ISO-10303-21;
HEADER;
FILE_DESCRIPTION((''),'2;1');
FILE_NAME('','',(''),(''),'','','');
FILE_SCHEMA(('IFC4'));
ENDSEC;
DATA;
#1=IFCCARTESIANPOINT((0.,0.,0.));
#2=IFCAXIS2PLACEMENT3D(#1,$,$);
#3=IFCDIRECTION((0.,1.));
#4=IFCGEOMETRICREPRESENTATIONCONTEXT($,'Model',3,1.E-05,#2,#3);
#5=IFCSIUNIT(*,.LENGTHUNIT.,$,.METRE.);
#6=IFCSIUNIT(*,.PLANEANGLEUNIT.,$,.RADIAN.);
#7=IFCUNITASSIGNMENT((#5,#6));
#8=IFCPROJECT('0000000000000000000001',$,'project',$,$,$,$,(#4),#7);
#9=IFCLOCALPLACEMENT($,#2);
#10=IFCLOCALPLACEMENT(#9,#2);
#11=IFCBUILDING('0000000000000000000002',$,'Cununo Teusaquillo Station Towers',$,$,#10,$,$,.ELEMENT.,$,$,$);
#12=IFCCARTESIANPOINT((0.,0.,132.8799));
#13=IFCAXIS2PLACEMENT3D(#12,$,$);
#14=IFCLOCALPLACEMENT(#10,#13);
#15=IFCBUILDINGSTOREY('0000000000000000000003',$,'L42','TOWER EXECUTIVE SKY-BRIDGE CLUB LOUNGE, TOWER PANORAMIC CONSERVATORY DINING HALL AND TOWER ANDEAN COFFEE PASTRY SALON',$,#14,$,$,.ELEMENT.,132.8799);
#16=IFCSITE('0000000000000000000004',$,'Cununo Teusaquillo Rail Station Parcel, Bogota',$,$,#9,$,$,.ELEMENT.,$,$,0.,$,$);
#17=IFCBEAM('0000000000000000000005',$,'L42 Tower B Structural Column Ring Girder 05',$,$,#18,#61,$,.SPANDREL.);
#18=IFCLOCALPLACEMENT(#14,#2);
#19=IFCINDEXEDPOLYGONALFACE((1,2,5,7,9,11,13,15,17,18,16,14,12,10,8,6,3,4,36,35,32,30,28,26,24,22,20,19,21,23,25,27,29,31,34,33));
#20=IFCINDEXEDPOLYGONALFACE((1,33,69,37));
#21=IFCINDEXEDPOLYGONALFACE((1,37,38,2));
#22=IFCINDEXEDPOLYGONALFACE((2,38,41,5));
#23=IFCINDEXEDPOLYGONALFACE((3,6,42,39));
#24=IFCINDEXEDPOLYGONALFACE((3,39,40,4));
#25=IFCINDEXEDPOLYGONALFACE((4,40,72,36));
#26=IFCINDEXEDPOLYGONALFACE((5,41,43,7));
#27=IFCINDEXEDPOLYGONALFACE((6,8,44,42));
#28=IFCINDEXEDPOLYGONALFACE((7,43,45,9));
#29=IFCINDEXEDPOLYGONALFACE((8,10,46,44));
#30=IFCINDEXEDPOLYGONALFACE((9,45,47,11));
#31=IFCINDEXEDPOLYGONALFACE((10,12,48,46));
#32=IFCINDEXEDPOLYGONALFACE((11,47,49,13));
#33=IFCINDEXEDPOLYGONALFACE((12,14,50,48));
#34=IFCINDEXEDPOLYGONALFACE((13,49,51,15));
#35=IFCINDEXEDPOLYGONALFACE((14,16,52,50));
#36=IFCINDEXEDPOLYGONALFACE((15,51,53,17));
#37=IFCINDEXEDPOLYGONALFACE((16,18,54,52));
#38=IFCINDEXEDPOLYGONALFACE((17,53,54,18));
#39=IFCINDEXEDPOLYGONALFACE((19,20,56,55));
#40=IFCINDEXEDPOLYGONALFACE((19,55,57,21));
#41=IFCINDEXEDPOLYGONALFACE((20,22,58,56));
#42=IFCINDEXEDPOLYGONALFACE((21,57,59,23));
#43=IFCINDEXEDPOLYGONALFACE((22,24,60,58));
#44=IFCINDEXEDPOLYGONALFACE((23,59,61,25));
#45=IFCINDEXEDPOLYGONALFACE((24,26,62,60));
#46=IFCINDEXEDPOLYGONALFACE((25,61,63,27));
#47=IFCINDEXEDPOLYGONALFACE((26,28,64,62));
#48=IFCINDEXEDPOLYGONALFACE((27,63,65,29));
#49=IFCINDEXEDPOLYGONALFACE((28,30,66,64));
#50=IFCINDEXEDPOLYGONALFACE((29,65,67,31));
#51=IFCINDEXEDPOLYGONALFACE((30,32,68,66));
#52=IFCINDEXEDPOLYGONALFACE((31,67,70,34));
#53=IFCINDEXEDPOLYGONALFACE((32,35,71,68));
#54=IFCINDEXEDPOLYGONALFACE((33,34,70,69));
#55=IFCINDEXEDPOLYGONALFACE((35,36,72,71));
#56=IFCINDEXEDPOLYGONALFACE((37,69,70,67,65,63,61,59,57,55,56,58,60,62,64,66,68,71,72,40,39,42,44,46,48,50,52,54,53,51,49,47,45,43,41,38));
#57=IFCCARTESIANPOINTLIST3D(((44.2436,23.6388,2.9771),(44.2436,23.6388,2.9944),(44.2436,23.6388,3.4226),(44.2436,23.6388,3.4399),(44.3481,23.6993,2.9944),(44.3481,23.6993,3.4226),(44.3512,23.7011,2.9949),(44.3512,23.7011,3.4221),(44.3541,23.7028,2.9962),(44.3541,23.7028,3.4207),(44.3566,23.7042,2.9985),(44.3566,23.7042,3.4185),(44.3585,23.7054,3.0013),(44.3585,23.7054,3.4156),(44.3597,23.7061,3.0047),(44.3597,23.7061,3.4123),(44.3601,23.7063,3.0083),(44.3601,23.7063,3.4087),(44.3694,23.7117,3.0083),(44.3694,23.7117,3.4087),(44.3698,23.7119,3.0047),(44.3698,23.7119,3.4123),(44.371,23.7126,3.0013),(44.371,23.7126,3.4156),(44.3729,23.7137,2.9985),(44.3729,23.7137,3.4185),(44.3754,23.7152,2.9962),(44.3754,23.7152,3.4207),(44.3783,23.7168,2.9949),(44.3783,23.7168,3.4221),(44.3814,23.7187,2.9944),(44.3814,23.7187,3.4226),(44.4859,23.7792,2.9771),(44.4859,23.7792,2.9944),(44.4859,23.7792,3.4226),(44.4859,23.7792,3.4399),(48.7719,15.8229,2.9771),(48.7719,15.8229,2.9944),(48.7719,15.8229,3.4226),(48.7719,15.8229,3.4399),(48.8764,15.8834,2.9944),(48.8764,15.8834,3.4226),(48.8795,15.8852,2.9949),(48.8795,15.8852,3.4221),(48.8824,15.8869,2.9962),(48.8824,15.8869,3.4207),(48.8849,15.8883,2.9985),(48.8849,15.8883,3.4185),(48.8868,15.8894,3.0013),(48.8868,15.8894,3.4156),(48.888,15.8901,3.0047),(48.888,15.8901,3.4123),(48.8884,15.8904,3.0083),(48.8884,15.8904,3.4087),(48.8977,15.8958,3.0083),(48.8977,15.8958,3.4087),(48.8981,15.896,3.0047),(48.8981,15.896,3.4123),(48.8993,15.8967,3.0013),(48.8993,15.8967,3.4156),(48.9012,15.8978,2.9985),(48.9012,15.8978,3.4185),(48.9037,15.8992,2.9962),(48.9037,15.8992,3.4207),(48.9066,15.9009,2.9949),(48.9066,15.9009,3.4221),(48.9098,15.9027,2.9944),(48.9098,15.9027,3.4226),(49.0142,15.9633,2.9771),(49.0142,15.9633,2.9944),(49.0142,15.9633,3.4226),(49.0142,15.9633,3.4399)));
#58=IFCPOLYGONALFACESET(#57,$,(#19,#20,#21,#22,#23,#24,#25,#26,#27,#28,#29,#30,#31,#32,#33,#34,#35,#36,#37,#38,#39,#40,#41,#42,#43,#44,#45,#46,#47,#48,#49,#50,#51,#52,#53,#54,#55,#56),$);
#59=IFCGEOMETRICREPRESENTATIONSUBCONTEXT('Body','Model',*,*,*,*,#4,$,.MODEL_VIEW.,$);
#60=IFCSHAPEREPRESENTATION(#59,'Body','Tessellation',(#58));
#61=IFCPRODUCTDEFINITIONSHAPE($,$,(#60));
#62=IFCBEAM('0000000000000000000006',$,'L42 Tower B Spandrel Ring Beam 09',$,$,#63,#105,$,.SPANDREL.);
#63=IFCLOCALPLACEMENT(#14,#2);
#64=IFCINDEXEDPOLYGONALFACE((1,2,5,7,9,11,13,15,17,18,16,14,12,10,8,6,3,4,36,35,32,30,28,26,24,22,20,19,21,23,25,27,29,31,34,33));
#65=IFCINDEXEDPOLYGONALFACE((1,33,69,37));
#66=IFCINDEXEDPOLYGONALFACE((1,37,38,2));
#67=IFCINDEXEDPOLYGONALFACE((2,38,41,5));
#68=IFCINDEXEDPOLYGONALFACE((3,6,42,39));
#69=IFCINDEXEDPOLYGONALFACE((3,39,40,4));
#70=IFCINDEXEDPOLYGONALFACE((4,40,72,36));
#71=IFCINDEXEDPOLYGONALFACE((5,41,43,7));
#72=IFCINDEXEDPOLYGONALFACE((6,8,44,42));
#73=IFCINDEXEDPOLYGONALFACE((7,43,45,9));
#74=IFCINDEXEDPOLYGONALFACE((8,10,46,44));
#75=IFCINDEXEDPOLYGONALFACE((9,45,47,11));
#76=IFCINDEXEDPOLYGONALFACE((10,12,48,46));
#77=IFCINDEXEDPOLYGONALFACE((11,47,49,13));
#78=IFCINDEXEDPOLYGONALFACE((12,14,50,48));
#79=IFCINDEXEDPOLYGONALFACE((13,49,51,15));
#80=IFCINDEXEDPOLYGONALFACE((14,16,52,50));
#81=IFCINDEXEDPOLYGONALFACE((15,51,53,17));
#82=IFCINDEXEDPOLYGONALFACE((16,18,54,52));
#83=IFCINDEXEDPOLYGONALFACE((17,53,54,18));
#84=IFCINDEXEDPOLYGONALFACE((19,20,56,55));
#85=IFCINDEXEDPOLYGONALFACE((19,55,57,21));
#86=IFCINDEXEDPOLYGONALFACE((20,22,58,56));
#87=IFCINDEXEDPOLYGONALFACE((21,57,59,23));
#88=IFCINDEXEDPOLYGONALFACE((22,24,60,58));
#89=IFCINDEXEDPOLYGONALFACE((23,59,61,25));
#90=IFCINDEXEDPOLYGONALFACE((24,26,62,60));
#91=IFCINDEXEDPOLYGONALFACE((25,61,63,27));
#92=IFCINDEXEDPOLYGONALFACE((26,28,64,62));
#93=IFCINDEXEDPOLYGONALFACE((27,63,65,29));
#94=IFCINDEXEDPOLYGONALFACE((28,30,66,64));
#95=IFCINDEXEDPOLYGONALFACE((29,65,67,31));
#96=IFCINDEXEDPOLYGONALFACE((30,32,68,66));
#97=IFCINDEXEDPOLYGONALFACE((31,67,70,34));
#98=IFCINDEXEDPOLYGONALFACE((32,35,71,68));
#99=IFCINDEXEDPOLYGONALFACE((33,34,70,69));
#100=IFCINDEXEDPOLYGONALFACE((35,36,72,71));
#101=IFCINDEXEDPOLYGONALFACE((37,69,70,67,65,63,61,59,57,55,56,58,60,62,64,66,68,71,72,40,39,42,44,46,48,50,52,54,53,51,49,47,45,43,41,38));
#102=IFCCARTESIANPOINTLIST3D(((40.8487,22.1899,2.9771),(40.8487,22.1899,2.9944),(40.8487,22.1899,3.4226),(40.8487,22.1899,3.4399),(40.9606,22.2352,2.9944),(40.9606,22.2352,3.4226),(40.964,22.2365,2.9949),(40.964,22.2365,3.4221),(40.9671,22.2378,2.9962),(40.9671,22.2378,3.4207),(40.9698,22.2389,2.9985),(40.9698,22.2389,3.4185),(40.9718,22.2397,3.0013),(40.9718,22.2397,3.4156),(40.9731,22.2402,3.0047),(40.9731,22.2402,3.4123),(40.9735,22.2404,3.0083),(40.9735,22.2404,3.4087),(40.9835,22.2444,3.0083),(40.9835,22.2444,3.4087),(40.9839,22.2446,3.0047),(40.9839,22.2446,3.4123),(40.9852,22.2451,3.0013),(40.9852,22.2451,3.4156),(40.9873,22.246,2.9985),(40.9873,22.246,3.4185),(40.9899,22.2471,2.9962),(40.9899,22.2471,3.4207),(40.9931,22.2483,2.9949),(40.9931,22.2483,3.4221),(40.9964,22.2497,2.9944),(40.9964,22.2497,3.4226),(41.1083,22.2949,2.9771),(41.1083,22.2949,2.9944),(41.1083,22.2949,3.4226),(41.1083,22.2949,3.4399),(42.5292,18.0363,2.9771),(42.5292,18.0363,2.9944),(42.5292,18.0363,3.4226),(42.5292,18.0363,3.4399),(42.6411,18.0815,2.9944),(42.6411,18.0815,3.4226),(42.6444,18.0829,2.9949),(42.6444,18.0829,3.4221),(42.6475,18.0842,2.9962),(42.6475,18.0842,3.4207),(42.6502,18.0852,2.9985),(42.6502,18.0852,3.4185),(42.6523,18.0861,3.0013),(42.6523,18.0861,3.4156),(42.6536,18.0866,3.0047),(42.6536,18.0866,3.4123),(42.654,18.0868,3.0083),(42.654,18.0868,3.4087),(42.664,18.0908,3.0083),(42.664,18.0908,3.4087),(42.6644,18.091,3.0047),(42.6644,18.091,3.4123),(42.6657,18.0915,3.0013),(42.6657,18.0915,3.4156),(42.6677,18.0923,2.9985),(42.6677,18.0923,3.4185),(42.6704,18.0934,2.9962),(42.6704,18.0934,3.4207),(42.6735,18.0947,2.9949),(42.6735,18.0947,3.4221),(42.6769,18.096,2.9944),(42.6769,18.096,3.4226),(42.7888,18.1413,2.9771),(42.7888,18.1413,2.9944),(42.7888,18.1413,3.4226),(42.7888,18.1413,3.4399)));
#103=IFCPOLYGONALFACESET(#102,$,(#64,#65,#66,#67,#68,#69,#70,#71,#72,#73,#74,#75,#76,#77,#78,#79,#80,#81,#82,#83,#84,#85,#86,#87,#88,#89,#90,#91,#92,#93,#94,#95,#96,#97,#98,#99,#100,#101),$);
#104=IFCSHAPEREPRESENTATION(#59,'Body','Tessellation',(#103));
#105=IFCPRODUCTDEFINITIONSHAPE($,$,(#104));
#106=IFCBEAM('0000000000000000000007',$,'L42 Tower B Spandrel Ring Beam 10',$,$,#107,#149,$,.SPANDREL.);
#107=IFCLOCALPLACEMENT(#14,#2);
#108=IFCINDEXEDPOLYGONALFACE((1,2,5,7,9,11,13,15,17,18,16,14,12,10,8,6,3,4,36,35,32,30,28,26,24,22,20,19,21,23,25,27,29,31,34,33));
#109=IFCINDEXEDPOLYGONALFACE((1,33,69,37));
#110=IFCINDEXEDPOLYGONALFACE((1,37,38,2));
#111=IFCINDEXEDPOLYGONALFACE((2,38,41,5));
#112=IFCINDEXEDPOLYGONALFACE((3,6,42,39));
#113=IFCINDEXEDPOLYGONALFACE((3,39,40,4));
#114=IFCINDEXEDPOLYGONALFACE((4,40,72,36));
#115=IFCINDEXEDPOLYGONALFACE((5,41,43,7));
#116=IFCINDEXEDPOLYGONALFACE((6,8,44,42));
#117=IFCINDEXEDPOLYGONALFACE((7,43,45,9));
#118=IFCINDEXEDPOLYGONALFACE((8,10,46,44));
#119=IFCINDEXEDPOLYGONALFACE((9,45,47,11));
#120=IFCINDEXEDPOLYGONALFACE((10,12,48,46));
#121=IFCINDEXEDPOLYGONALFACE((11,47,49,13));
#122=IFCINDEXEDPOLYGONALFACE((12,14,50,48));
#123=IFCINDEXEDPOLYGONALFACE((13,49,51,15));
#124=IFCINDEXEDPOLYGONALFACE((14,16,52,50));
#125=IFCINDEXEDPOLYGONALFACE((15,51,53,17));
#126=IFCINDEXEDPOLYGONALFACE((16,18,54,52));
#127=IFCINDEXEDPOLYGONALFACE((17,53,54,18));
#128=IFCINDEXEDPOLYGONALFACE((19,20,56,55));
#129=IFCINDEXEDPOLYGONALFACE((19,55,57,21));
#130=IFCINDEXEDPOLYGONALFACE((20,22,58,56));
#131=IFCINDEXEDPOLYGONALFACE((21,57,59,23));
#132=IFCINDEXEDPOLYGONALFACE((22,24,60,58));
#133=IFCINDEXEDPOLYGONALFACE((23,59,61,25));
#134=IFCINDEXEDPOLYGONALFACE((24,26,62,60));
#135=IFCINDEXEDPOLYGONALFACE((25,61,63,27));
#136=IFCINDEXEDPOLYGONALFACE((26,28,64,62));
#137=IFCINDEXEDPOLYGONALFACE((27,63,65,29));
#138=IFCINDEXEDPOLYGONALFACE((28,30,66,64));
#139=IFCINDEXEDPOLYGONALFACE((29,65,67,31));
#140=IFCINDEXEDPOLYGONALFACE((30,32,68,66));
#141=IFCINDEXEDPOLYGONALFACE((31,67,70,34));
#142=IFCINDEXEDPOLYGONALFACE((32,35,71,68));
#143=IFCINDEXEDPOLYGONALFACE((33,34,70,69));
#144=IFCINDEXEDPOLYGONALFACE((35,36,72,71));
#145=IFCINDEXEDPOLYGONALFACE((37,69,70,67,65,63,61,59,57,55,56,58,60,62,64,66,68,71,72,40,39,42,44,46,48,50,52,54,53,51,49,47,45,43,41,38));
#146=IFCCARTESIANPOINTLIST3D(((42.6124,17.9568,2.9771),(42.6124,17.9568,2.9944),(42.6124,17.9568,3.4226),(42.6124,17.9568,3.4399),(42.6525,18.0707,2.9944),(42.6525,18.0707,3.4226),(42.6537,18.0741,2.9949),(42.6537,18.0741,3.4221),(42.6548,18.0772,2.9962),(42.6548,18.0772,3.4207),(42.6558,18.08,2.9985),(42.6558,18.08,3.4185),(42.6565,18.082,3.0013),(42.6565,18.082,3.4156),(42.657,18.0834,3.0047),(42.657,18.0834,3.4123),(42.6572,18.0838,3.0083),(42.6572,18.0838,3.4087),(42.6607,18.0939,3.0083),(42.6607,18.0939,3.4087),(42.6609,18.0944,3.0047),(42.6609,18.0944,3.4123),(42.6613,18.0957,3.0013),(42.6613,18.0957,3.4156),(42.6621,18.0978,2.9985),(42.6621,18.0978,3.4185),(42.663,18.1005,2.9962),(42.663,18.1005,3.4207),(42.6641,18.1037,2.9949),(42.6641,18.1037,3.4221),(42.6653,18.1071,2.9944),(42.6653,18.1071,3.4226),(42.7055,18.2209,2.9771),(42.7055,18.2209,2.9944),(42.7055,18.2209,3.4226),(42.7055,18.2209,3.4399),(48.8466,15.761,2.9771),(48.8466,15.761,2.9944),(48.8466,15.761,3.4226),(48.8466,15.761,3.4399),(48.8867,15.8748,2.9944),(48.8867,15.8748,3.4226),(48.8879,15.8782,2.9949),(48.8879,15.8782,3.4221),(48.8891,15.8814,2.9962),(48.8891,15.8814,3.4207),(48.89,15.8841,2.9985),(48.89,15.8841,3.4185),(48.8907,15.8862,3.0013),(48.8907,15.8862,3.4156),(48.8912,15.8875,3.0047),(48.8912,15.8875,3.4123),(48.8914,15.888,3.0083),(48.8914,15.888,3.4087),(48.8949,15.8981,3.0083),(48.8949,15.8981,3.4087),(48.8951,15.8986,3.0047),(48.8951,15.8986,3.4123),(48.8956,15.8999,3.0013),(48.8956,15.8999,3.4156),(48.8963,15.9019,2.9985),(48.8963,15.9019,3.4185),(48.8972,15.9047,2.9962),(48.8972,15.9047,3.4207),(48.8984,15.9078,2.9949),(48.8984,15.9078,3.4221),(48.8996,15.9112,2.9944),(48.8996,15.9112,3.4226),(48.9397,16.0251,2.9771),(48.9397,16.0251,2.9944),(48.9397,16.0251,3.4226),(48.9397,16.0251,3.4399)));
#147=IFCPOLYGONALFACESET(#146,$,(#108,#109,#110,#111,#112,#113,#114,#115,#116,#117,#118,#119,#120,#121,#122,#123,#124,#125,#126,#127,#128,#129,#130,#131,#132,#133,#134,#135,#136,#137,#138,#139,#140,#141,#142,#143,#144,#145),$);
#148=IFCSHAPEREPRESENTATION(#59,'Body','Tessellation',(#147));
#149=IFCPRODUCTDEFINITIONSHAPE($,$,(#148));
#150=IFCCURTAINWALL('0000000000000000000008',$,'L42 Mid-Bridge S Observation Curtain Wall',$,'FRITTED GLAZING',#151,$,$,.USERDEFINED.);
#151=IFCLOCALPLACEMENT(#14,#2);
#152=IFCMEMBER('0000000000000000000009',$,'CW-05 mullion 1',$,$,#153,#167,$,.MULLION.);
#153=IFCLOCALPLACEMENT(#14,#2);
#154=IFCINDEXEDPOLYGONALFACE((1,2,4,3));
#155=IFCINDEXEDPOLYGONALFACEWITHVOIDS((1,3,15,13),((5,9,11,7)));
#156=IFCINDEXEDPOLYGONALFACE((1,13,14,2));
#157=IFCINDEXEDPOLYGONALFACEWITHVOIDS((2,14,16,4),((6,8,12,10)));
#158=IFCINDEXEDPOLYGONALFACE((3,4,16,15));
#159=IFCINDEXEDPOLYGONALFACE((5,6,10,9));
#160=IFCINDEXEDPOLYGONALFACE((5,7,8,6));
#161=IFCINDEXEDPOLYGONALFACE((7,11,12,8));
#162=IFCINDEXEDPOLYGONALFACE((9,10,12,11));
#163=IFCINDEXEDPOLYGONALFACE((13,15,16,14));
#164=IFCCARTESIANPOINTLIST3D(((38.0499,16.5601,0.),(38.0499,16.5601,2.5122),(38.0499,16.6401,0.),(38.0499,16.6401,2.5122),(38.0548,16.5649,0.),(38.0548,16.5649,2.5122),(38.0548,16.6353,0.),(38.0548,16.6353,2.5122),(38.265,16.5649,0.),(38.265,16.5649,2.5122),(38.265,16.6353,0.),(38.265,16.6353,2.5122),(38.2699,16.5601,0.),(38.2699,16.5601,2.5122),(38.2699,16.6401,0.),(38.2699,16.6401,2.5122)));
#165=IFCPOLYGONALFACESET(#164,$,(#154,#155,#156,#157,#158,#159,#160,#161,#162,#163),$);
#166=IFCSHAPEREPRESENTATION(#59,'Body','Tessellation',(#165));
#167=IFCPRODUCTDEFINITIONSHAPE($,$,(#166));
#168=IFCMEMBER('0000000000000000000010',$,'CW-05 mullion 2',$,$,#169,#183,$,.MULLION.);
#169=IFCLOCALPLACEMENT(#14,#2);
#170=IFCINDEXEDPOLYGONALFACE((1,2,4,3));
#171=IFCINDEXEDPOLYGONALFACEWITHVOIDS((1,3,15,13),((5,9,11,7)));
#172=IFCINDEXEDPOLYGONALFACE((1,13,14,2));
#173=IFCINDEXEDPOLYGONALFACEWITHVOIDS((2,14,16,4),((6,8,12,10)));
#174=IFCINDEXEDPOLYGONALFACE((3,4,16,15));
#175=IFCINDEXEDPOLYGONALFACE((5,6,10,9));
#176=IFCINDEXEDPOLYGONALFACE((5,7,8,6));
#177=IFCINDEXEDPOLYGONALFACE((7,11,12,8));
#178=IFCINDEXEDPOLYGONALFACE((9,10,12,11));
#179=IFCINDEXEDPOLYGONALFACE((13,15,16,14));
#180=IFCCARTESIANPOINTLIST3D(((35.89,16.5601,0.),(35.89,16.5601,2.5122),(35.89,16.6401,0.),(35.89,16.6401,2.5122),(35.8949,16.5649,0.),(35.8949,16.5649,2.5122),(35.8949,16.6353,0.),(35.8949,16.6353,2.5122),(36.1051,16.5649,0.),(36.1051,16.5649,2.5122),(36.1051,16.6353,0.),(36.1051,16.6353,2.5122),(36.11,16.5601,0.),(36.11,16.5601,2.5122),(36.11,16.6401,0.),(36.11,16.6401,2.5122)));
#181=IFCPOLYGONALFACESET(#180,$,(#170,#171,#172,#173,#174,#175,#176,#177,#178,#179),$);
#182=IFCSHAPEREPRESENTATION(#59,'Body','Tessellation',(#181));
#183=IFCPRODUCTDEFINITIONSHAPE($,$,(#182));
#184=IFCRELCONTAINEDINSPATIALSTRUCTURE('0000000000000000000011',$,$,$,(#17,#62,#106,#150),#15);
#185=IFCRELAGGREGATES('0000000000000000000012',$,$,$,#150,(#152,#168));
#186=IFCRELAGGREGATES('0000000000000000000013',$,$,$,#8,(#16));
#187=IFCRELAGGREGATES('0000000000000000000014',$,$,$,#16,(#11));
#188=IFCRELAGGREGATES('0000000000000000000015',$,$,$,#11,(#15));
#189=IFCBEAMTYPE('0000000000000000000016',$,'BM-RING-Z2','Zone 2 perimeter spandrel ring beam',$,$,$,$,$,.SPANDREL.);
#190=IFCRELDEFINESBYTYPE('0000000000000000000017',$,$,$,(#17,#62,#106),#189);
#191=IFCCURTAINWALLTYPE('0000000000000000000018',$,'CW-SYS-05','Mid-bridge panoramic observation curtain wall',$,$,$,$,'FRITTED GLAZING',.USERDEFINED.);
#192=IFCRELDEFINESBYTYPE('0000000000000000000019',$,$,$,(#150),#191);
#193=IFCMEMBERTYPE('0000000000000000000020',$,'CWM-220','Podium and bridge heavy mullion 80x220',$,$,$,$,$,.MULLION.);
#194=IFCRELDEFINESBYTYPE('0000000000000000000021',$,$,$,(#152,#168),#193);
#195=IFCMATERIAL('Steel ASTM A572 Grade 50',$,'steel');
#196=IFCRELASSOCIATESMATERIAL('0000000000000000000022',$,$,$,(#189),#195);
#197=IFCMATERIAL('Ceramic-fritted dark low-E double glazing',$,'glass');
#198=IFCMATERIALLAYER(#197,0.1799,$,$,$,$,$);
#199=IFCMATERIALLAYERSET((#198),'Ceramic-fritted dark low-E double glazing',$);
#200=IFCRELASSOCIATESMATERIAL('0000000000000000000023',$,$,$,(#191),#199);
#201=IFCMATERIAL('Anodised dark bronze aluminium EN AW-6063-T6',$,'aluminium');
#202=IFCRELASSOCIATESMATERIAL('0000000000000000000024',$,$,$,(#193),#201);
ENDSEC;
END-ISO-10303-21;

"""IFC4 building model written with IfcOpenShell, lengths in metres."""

from ifc_helpers import new_model, si_unit, direction, frame, origin, origin_2d, place, context, subcontext, project, spatial, hollow_rectangle, i_section, extrude, material, layer, layer_set, material_profile, profile_set, type_object, element, aggregate, save


model = new_model("IFC4")

# Units and contexts
model_context = context("Model", 3, precision=1e-05, world=origin(), true_north=direction((0.0, 1.0)))
body_context = subcontext(model_context, "Body", "Model", "MODEL_VIEW")
ifc_project = project(units=[si_unit("LENGTHUNIT", "METRE"), si_unit("PLANEANGLEUNIT", "RADIAN")], contexts=[model_context])

# Site, building, storey
site_placement = place(None, origin())
site = spatial("IfcSite", under=ifc_project, at=site_placement, Name="Cununo Teusaquillo Rail Station Parcel, Bogota", CompositionType="ELEMENT", RefElevation=0.0)
building_placement = place(site_placement, origin())
building = spatial("IfcBuilding", under=site, at=building_placement, Name="Cununo Teusaquillo Station Towers", CompositionType="ELEMENT")
storey_placement = place(building_placement, frame((0.0, 0.0, 132.8799)))
storey = spatial("IfcBuildingStorey", under=building, at=storey_placement, Name="L42", Description="TOWER EXECUTIVE SKY-BRIDGE CLUB LOUNGE, TOWER PANORAMIC CONSERVATORY DINING HALL AND TOWER ANDEAN COFFEE PASTRY SALON", CompositionType="ELEMENT", Elevation=132.8799)

# Beams
ifc_material_1 = material(Name="Steel ASTM A572 Grade 50", Category="steel")
ifc_material_profile_1 = material_profile(ifc_material_1, i_section(OverallWidth=0.28, OverallDepth=0.4629, WebThickness=0.0107, FlangeThickness=0.0173, FilletRadius=0.0139, at=origin_2d()), Name="W18X76")
ifc_profile_set_1 = profile_set([ifc_material_profile_1], Name="Steel ASTM A572 Grade 50")
beam_type_1 = type_object("IfcBeamType", Name="BM-RING-Z2", Description="Zone 2 perimeter spandrel ring beam", PredefinedType="SPANDREL", material=ifc_profile_set_1)
beam_1_placement = place(storey_placement, frame((44.3647, 23.709, 3.2085), z_axis=(0.501311, -0.865267, 0.0), x_axis=(0.865267, 0.501311, 0.0)))
element("IfcBeam", 1, at=beam_1_placement, inside=storey, type_object=beam_type_1, Name="L42 Tower B Structural Column Ring Girder 05", PredefinedType="SPANDREL", context=body_context, shape_type="SweptSolid", body=[
    extrude(i_section(OverallWidth=0.28, OverallDepth=0.4629, WebThickness=0.0107, FlangeThickness=0.0173, FilletRadius=0.0139, at=origin_2d()), origin(), (0.0, 0.0, 1.0), 9.033),
])
beam_2_placement = place(storey_placement, frame((40.9785, 22.2424, 3.2085), z_axis=(0.375042, -0.927008, 0.0), x_axis=(0.927008, 0.375042, 0.0)))
element("IfcBeam", 2, at=beam_2_placement, inside=storey, type_object=beam_type_1, Name="L42 Tower B Spandrel Ring Beam 09", PredefinedType="SPANDREL", context=body_context, shape_type="SweptSolid", body=[
    extrude(i_section(OverallWidth=0.28, OverallDepth=0.4629, WebThickness=0.0107, FlangeThickness=0.0173, FilletRadius=0.0139, at=origin_2d()), origin(), (0.0, 0.0, 1.0), 4.4807),
])
beam_3_placement = place(storey_placement, frame((42.6589, 18.0889, 3.2085), z_axis=(0.943203, -0.332217, 0.0), x_axis=(0.332217, 0.943203, 0.0)))
element("IfcBeam", 3, at=beam_3_placement, inside=storey, type_object=beam_type_1, Name="L42 Tower B Spandrel Ring Beam 10", PredefinedType="SPANDREL", context=body_context, shape_type="SweptSolid", body=[
    extrude(i_section(OverallWidth=0.28, OverallDepth=0.4629, WebThickness=0.0107, FlangeThickness=0.0173, FilletRadius=0.0139, at=origin_2d()), origin(), (0.0, 0.0, 1.0), 6.6096),
])

# Curtain wall, members
ifc_material_2 = material(Name="Ceramic-fritted dark low-E double glazing", Category="glass")
ifc_layer_1 = layer(ifc_material_2, 0.1799)
ifc_layer_set_1 = layer_set([ifc_layer_1], Name="Ceramic-fritted dark low-E double glazing")
curtain_wall_type = type_object("IfcCurtainWallType", Name="CW-SYS-05", Description="Mid-bridge panoramic observation curtain wall", ElementType="FRITTED GLAZING", PredefinedType="USERDEFINED", material=ifc_layer_set_1)
curtain_wall_placement = place(storey_placement, origin())
curtain_wall = element("IfcCurtainWall", 4, at=curtain_wall_placement, inside=storey, type_object=curtain_wall_type, Name="L42 Mid-Bridge S Observation Curtain Wall", ObjectType="FRITTED GLAZING", PredefinedType="USERDEFINED")
ifc_material_3 = material(Name="Anodised dark bronze aluminium EN AW-6063-T6", Category="aluminium")
ifc_material_profile_2 = material_profile(ifc_material_3, hollow_rectangle(XDim=0.0801, YDim=0.22, WallThickness=0.0049, at=origin_2d()), Name="CW-MULL-80x220")
ifc_profile_set_2 = profile_set([ifc_material_profile_2], Name="Anodised dark bronze aluminium EN AW-6063-T6")
member_type_1 = type_object("IfcMemberType", Name="CWM-220", Description="Podium and bridge heavy mullion 80x220", PredefinedType="MULLION", material=ifc_profile_set_2)
member_1_placement = place(storey_placement, frame((38.1599, 16.6001, 0.0), z_axis=(0.0, 0.0, 1.0), x_axis=(0.0, -1.0, 0.0)))
member_1 = element("IfcMember", 5, at=member_1_placement, type_object=member_type_1, Name="CW-05 mullion 1", PredefinedType="MULLION", context=body_context, shape_type="SweptSolid", body=[
    extrude(hollow_rectangle(XDim=0.0801, YDim=0.22, WallThickness=0.0049, at=origin_2d()), origin(), (0.0, 0.0, 1.0), 2.5122),
])
member_2_placement = place(storey_placement, frame((36.0, 16.6001, 0.0), z_axis=(0.0, 0.0, 1.0), x_axis=(0.0, -1.0, 0.0)))
member_2 = element("IfcMember", 6, at=member_2_placement, type_object=member_type_1, Name="CW-05 mullion 2", PredefinedType="MULLION", context=body_context, shape_type="SweptSolid", body=[
    extrude(hollow_rectangle(XDim=0.0801, YDim=0.22, WallThickness=0.0049, at=origin_2d()), origin(), (0.0, 0.0, 1.0), 2.5122),
])

aggregate(curtain_wall, [member_1, member_2])

save(model, "model.ifc")
